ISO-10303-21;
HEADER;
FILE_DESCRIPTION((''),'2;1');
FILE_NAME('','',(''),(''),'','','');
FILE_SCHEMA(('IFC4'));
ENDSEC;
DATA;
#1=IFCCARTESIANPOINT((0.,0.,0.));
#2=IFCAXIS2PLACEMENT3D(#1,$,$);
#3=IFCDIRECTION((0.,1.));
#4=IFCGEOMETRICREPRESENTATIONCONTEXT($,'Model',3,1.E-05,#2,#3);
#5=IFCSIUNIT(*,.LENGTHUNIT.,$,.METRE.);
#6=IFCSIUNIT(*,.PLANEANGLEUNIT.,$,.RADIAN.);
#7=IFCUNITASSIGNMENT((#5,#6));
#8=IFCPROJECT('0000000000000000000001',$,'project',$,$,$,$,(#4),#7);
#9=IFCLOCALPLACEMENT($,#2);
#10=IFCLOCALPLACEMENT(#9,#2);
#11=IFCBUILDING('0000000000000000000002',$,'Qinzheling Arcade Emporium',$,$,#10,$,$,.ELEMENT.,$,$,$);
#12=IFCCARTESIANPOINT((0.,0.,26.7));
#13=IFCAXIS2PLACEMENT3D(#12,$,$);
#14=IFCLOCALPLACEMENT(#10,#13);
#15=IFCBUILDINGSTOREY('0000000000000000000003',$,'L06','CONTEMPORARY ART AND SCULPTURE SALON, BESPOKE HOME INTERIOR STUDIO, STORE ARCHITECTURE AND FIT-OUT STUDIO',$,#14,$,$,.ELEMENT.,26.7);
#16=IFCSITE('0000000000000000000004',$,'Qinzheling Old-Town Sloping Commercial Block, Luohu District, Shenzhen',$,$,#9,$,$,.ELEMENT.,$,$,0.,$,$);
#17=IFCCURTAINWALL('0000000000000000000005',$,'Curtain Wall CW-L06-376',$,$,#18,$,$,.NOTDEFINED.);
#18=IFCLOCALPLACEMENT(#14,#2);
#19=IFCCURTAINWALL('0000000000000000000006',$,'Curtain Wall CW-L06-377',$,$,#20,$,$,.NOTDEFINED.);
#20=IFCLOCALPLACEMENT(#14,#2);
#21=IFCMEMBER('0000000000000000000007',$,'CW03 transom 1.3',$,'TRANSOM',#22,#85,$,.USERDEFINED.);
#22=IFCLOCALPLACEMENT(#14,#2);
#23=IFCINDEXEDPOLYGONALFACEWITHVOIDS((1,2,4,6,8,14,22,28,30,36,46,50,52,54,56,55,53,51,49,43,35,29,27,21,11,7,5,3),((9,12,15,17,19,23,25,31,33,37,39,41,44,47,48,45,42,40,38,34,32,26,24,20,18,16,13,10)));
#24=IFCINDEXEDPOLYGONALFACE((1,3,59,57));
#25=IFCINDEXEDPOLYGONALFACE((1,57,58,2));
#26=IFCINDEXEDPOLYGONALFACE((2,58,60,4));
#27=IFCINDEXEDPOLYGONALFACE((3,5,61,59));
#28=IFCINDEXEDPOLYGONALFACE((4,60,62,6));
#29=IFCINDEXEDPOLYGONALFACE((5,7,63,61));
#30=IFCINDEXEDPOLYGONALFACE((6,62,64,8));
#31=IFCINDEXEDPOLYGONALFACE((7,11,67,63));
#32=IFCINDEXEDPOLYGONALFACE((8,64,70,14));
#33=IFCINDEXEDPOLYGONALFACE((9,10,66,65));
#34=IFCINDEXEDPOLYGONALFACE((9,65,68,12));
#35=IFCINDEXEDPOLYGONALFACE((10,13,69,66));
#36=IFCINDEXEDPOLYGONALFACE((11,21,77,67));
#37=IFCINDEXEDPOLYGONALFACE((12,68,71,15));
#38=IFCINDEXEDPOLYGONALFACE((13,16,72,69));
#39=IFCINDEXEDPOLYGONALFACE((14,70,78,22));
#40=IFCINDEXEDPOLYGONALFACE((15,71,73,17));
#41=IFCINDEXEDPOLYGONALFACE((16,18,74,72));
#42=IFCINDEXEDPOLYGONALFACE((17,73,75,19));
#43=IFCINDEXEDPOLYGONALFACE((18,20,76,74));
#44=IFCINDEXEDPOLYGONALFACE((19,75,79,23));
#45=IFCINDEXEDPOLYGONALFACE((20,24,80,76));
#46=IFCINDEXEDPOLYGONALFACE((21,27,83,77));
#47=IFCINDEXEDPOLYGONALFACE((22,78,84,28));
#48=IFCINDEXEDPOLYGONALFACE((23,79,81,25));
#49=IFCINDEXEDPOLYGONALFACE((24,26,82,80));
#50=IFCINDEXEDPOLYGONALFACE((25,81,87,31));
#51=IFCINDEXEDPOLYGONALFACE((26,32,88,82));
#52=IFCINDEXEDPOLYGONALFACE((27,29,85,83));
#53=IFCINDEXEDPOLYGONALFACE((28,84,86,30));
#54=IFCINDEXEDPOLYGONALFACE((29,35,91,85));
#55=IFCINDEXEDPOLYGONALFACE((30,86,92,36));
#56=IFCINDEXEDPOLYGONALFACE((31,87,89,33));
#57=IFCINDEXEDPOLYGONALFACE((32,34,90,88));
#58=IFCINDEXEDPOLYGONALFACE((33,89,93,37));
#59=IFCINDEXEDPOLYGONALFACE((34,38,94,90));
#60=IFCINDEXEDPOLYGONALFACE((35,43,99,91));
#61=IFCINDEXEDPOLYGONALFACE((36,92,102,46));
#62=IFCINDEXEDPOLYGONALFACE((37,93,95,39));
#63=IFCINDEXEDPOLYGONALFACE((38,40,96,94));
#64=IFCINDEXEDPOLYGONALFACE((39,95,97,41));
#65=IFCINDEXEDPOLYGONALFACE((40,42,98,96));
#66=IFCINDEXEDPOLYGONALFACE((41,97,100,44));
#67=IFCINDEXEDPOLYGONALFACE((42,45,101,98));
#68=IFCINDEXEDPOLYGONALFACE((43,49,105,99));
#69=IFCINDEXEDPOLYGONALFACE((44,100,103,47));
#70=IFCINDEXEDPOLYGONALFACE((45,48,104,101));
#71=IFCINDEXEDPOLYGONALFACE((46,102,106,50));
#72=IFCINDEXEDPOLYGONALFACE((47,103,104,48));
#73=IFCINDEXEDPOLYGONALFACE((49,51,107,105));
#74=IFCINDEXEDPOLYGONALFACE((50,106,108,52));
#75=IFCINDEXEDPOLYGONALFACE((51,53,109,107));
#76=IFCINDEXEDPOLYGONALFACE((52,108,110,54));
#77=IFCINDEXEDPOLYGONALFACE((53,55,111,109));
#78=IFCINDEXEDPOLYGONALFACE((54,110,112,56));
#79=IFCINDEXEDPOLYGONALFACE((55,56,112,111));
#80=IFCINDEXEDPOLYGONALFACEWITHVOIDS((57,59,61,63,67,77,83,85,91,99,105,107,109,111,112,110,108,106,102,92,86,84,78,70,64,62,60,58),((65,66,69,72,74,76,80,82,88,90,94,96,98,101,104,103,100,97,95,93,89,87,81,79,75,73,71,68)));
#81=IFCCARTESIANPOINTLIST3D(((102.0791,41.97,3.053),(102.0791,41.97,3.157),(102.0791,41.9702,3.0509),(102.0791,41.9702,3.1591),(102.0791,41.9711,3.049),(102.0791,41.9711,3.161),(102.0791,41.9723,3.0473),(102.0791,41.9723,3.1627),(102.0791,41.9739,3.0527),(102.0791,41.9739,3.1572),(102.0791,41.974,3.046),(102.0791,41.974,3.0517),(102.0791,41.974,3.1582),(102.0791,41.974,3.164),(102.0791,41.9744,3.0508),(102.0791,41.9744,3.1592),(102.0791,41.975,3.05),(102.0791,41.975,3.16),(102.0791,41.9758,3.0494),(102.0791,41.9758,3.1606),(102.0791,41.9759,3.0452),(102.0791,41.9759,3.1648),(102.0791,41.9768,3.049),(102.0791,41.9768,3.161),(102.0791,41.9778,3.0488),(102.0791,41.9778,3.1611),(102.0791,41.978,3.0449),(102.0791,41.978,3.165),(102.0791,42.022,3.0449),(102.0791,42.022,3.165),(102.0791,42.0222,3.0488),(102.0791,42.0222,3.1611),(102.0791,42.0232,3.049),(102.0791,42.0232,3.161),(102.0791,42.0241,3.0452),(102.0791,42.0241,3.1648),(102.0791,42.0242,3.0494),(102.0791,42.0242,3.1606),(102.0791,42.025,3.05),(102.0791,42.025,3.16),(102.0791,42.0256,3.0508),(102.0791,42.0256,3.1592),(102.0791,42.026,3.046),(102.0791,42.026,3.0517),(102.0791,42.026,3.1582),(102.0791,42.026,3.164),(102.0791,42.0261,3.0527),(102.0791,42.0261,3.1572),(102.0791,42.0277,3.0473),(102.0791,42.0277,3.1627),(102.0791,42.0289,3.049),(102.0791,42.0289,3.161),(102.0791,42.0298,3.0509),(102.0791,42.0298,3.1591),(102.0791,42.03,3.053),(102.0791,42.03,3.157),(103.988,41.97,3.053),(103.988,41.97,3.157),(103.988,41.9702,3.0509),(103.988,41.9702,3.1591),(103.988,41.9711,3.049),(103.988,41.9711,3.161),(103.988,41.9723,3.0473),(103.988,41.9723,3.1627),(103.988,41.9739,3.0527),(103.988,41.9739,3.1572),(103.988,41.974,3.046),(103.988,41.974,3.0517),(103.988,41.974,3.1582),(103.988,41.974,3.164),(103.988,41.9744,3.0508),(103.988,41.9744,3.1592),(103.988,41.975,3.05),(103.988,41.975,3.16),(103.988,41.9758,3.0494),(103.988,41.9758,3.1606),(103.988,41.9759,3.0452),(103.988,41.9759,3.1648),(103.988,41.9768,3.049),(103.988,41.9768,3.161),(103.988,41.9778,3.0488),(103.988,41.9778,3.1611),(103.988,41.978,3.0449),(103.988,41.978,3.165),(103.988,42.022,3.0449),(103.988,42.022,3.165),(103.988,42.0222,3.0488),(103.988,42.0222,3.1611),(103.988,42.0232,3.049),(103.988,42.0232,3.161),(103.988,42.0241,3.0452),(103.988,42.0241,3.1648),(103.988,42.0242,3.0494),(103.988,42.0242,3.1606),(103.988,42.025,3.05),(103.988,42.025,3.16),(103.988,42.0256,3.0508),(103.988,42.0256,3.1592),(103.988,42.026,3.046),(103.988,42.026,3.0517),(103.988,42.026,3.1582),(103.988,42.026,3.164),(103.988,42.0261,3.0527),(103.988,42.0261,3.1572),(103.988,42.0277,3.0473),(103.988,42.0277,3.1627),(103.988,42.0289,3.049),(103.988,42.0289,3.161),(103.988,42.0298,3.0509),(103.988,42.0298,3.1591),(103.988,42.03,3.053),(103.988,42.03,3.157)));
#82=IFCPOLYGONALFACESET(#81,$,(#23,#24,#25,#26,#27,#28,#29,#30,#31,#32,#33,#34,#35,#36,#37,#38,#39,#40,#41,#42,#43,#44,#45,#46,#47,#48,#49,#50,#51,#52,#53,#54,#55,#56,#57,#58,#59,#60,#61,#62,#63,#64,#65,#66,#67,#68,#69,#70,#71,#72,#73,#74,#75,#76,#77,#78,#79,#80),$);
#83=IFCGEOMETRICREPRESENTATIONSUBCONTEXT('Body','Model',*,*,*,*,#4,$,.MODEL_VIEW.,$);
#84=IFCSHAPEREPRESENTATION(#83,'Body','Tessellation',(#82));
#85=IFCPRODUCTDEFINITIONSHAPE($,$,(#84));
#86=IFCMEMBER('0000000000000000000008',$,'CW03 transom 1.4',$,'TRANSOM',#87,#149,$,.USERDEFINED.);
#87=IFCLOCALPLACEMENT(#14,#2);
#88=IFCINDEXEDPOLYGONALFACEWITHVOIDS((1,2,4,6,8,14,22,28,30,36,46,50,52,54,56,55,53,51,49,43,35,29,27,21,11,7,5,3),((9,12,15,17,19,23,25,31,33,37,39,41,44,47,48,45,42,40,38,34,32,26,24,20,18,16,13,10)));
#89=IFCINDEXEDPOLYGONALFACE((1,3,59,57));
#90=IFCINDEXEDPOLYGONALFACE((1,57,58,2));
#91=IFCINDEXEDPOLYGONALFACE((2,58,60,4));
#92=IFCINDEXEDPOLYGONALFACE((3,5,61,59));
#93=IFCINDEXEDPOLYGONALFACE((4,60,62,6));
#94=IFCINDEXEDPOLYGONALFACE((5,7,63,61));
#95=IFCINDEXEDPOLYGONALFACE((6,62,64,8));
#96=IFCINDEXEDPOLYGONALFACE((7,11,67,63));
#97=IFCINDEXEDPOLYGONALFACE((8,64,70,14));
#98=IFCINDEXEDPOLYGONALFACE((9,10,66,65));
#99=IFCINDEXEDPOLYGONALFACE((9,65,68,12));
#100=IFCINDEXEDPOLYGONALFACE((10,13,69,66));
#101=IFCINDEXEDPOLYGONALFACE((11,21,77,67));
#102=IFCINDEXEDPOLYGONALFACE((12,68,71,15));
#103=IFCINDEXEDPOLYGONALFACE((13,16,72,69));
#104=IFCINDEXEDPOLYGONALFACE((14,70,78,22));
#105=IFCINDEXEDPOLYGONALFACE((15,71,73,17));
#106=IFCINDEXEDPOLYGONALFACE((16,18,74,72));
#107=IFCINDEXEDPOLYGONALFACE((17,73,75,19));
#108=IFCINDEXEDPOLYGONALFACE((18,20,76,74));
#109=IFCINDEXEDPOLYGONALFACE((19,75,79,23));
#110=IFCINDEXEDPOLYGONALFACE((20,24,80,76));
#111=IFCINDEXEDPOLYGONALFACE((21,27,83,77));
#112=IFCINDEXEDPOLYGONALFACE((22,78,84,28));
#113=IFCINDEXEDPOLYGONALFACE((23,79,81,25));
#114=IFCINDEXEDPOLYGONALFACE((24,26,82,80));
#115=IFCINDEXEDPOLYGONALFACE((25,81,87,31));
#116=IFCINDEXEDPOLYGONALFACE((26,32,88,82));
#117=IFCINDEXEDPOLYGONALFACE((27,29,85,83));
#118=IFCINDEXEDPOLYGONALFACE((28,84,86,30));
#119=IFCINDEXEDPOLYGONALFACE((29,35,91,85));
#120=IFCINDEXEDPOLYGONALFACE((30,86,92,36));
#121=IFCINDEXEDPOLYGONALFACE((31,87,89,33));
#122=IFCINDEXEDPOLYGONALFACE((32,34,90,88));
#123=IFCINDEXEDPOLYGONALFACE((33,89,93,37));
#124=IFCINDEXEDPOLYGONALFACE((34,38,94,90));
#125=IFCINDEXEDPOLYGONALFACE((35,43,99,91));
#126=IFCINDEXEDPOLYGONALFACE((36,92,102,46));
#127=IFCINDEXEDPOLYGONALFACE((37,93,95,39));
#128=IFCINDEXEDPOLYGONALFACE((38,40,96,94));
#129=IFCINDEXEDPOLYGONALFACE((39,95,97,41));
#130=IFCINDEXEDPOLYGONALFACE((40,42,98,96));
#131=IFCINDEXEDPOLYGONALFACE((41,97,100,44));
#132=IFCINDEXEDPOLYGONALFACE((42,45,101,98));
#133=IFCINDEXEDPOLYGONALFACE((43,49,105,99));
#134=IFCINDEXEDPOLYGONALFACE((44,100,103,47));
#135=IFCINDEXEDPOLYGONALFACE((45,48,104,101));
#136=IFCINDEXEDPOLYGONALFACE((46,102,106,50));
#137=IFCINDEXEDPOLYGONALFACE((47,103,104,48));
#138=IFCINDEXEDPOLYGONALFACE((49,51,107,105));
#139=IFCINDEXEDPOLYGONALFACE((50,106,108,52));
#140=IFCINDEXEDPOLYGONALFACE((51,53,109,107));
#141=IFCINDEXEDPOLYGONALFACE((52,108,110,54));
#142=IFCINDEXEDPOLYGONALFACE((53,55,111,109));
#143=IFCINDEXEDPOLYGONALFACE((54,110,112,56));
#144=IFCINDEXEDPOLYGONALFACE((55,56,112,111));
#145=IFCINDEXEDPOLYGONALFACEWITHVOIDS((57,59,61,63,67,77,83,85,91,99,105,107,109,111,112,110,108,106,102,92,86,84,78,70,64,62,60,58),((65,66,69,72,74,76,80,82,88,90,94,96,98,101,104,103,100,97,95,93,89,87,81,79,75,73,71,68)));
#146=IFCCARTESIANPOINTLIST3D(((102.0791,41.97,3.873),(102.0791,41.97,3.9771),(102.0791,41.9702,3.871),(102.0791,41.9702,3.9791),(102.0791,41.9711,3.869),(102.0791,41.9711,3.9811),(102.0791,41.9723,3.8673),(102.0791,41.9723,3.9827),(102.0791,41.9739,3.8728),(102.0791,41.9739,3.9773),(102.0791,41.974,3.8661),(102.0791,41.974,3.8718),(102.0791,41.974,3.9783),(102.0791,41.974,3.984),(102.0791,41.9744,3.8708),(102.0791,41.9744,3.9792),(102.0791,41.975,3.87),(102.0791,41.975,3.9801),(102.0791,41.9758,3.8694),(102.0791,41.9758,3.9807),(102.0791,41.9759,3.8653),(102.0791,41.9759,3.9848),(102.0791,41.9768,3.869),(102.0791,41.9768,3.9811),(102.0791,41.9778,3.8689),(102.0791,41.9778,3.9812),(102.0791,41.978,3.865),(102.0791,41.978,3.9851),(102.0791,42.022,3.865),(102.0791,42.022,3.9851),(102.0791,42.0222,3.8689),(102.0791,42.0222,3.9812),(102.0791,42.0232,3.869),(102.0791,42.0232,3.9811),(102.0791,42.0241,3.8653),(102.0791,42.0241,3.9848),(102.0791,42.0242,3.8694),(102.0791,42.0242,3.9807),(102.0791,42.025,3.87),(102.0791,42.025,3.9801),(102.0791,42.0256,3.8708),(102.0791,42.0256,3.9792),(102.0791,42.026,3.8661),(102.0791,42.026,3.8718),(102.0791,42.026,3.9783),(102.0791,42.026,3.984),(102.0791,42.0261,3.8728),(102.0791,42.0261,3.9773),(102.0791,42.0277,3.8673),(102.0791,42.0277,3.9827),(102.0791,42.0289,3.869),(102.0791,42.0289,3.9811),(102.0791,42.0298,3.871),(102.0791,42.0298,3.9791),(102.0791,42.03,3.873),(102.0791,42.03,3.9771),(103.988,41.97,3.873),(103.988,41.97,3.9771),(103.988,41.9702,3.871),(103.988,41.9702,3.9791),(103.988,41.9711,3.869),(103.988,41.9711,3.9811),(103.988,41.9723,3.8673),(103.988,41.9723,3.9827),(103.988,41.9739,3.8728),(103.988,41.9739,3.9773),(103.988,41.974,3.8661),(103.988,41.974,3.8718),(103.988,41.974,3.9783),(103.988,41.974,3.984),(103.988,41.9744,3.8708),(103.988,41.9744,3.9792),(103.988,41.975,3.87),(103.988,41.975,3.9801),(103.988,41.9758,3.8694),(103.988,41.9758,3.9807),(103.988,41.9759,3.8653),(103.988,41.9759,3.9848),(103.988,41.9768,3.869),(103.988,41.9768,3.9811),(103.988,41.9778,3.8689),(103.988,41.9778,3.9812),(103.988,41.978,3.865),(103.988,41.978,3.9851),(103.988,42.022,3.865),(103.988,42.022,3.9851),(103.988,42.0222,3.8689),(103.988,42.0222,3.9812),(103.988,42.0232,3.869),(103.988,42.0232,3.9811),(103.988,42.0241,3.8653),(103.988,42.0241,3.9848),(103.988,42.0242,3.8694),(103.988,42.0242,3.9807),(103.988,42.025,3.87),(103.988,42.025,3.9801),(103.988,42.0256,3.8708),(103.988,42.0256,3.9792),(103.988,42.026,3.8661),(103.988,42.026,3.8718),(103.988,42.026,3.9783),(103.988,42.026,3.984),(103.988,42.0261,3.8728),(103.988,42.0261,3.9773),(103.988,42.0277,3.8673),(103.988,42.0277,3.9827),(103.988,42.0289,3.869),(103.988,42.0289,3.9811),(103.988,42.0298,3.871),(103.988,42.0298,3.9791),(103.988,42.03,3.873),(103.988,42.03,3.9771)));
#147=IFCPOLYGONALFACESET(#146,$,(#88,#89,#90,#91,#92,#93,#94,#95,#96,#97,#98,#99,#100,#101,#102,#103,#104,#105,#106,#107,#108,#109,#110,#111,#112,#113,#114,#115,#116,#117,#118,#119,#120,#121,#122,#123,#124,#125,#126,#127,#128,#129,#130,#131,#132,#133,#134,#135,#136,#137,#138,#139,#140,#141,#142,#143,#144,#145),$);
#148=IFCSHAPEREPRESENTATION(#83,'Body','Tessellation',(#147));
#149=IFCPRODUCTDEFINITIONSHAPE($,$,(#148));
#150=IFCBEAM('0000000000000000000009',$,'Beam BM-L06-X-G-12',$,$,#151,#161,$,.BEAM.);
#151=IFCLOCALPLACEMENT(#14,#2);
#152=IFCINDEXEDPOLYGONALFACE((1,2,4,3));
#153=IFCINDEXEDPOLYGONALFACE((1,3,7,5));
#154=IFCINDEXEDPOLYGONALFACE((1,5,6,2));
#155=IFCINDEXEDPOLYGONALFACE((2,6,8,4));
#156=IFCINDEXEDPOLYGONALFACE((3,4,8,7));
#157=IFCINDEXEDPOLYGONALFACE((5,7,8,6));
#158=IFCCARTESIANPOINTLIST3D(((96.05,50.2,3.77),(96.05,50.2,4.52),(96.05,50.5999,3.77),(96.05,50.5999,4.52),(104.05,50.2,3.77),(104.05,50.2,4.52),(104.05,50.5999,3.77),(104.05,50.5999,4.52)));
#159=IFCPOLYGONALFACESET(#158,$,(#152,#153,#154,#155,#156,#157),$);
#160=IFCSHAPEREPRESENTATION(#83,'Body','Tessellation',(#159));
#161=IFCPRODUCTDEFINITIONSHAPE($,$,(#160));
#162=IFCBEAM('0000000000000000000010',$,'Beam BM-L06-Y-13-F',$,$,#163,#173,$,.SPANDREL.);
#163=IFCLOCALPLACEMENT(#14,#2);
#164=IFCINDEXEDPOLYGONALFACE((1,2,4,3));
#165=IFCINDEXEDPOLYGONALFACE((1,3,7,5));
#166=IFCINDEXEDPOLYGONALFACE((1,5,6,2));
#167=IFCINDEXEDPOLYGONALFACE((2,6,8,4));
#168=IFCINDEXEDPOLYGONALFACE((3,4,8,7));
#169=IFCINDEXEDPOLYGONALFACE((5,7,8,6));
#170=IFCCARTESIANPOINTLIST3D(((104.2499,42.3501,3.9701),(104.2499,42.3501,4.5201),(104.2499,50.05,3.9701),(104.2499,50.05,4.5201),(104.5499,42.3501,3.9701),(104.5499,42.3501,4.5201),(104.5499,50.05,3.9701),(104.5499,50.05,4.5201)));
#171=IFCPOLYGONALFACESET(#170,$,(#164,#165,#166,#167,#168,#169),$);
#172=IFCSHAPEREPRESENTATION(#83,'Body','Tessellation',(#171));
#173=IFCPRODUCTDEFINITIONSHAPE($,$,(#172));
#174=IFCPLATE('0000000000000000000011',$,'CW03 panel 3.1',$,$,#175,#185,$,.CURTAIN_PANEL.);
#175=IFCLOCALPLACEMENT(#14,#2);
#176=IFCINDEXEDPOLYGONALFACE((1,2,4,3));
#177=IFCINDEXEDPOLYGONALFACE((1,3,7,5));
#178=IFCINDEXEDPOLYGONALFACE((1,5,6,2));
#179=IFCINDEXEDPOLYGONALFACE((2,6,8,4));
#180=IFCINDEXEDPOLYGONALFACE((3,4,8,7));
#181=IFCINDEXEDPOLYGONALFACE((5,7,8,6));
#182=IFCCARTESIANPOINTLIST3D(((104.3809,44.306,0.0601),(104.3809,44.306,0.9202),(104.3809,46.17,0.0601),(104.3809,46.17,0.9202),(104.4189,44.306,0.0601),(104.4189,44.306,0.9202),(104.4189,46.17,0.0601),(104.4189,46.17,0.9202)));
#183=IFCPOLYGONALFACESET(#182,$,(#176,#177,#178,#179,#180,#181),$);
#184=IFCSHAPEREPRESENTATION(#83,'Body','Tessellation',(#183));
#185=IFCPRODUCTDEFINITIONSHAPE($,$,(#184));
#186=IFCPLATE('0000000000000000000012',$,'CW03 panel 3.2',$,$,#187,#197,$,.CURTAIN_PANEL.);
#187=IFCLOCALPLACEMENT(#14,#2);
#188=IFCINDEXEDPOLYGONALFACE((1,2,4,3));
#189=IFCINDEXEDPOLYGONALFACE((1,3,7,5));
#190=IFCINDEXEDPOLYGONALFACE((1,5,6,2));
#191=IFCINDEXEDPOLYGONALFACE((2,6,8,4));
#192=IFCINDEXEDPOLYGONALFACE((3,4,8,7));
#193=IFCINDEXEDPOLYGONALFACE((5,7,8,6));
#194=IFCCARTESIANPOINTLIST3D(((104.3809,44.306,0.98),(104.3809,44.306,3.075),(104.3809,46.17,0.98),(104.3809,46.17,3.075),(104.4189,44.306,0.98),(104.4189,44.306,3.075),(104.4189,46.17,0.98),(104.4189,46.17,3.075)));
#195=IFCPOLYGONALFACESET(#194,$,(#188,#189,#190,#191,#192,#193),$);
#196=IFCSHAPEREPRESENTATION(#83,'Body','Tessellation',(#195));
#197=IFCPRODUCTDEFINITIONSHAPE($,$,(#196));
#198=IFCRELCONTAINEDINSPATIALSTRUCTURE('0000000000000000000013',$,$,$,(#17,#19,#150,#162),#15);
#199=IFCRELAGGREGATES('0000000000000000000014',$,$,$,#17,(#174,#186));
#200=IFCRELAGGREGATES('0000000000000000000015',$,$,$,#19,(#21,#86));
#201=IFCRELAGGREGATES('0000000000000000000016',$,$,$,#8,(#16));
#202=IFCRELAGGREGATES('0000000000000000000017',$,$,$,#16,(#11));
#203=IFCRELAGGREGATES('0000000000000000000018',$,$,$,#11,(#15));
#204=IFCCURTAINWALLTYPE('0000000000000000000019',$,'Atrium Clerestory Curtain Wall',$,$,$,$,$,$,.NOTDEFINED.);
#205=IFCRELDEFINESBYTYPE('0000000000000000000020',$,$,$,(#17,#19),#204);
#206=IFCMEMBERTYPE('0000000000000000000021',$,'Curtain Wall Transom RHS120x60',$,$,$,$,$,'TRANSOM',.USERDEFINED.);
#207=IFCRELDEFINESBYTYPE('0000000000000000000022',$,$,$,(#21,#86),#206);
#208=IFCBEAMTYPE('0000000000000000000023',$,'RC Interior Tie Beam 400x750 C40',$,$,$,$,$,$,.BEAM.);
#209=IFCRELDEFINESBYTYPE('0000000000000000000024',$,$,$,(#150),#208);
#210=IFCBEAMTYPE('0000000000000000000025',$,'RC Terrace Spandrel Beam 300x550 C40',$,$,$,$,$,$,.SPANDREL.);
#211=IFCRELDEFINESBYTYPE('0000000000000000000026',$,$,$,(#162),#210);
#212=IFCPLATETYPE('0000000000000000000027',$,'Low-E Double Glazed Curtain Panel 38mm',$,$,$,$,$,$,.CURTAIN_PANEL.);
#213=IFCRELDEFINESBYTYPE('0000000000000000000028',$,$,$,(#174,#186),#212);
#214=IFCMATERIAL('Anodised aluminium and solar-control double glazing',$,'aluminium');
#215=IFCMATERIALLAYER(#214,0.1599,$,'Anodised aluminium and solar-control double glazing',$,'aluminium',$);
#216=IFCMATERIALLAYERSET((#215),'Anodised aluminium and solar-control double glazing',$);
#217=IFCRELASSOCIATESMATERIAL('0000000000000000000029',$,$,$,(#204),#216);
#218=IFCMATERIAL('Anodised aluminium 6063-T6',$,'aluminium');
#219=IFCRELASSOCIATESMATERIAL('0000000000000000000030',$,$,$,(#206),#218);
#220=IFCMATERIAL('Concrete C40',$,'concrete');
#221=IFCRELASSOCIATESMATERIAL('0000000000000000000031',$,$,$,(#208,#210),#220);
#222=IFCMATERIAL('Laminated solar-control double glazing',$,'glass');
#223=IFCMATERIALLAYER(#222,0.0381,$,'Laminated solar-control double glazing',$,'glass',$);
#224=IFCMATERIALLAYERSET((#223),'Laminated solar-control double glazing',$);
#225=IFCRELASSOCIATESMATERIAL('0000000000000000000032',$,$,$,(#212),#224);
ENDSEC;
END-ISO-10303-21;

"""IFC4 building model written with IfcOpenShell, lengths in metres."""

from ifc_helpers import new_model, si_unit, direction, frame, origin, origin_2d, place, context, subcontext, project, spatial, rectangle, hollow_rectangle, extrude, material, layer, layer_set, material_profile, profile_set, type_object, element, aggregate, save


model = new_model("IFC4")

# Units and contexts
model_context = context("Model", 3, precision=1e-05, world=origin(), true_north=direction((0.0, 1.0)))
body_context = subcontext(model_context, "Body", "Model", "MODEL_VIEW")
ifc_project = project(units=[si_unit("LENGTHUNIT", "METRE"), si_unit("PLANEANGLEUNIT", "RADIAN")], contexts=[model_context])

# Site, building, storey
site_placement = place(None, origin())
site = spatial("IfcSite", under=ifc_project, at=site_placement, Name="Qinzheling Old-Town Sloping Commercial Block, Luohu District, Shenzhen", CompositionType="ELEMENT", RefElevation=0.0)
building_placement = place(site_placement, origin())
building = spatial("IfcBuilding", under=site, at=building_placement, Name="Qinzheling Arcade Emporium", CompositionType="ELEMENT")
storey_placement = place(building_placement, frame((0.0, 0.0, 26.7)))
storey = spatial("IfcBuildingStorey", under=building, at=storey_placement, Name="L06", Description="CONTEMPORARY ART AND SCULPTURE SALON, BESPOKE HOME INTERIOR STUDIO, STORE ARCHITECTURE AND FIT-OUT STUDIO", CompositionType="ELEMENT", Elevation=26.7)

# Shared definitions
ifc_material_1 = material(Name="Concrete C40", Category="concrete")

# Curtain wall
ifc_material_2 = material(Name="Anodised aluminium and solar-control double glazing", Category="aluminium")
ifc_layer_1 = layer(ifc_material_2, 0.1599, Name="Anodised aluminium and solar-control double glazing", Category="aluminium")
ifc_layer_set_1 = layer_set([ifc_layer_1], Name="Anodised aluminium and solar-control double glazing")
curtain_wall_type = type_object("IfcCurtainWallType", Name="Atrium Clerestory Curtain Wall", PredefinedType="NOTDEFINED", material=ifc_layer_set_1)
curtain_wall_1_placement = place(storey_placement, origin())
curtain_wall_1 = element("IfcCurtainWall", 1, at=curtain_wall_1_placement, inside=storey, type_object=curtain_wall_type, Name="Curtain Wall CW-L06-376", PredefinedType="NOTDEFINED")
ifc_material_3 = material(Name="Anodised aluminium 6063-T6", Category="aluminium")

# Curtain wall
curtain_wall_2_placement = place(storey_placement, origin())
curtain_wall_2 = element("IfcCurtainWall", 2, at=curtain_wall_2_placement, inside=storey, type_object=curtain_wall_type, Name="Curtain Wall CW-L06-377", PredefinedType="NOTDEFINED")

# Members
ifc_material_profile_1 = material_profile(ifc_material_3, hollow_rectangle(XDim=0.0601, YDim=0.1201, WallThickness=0.0039, InnerFilletRadius=0.0039, OuterFilletRadius=0.0081, at=origin_2d()), Name="RHS 120x60x4", Category="aluminium")
ifc_profile_set_1 = profile_set([ifc_material_profile_1], Name="Anodised aluminium 6063-T6")
member_type_1 = type_object("IfcMemberType", Name="Curtain Wall Transom RHS120x60", ElementType="TRANSOM", PredefinedType="USERDEFINED", material=ifc_profile_set_1)
member_1_placement = place(storey_placement, frame((103.988, 42.0, 3.105), z_axis=(-1.0, 0.0, 0.0), x_axis=(0.0, -1.0, 0.0)))
member_1 = element("IfcMember", 3, at=member_1_placement, type_object=member_type_1, Name="CW03 transom 1.3", ObjectType="TRANSOM", PredefinedType="USERDEFINED", context=body_context, shape_type="SweptSolid", body=[
    extrude(hollow_rectangle(XDim=0.0601, YDim=0.1201, WallThickness=0.0039, InnerFilletRadius=0.0039, OuterFilletRadius=0.0081, at=origin_2d()), origin(), (0.0, 0.0, 1.0), 1.9089),
])
member_2_placement = place(storey_placement, frame((103.988, 42.0, 3.925), z_axis=(-1.0, 0.0, 0.0), x_axis=(0.0, -1.0, 0.0)))
member_2 = element("IfcMember", 4, at=member_2_placement, type_object=member_type_1, Name="CW03 transom 1.4", ObjectType="TRANSOM", PredefinedType="USERDEFINED", context=body_context, shape_type="SweptSolid", body=[
    extrude(hollow_rectangle(XDim=0.0601, YDim=0.1201, WallThickness=0.0039, InnerFilletRadius=0.0039, OuterFilletRadius=0.0081, at=origin_2d()), origin(), (0.0, 0.0, 1.0), 1.9089),
])

# Beams
ifc_material_profile_2 = material_profile(ifc_material_1, rectangle(XDim=0.3999, YDim=0.75, at=origin_2d()), Name="RC 400x750", Category="concrete")
ifc_profile_set_2 = profile_set([ifc_material_profile_2], Name="Concrete C40")
beam_type_1 = type_object("IfcBeamType", Name="RC Interior Tie Beam 400x750 C40", PredefinedType="BEAM", material=ifc_profile_set_2)
beam_1_placement = place(storey_placement, frame((96.05, 50.3999, 4.145), z_axis=(1.0, 0.0, 0.0), x_axis=(0.0, 1.0, 0.0)))
element("IfcBeam", 5, at=beam_1_placement, inside=storey, type_object=beam_type_1, Name="Beam BM-L06-X-G-12", PredefinedType="BEAM", context=body_context, shape_type="SweptSolid", body=[
    extrude(rectangle(XDim=0.3999, YDim=0.75, at=origin_2d()), origin(), (0.0, 0.0, 1.0), 8.0),
])
ifc_material_profile_3 = material_profile(ifc_material_1, rectangle(XDim=0.3, YDim=0.55, at=origin_2d()), Name="RC 300x550", Category="concrete")
ifc_profile_set_3 = profile_set([ifc_material_profile_3], Name="Concrete C40")
beam_type_2 = type_object("IfcBeamType", Name="RC Terrace Spandrel Beam 300x550 C40", PredefinedType="SPANDREL", material=ifc_profile_set_3)
beam_2_placement = place(storey_placement, frame((104.3999, 42.3501, 4.2451), z_axis=(0.0, 1.0, 0.0), x_axis=(-1.0, 0.0, 0.0)))
element("IfcBeam", 6, at=beam_2_placement, inside=storey, type_object=beam_type_2, Name="Beam BM-L06-Y-13-F", PredefinedType="SPANDREL", context=body_context, shape_type="SweptSolid", body=[
    extrude(rectangle(XDim=0.3, YDim=0.55, at=origin_2d()), origin(), (0.0, 0.0, 1.0), 7.7),
])

# Plates
ifc_material_4 = material(Name="Laminated solar-control double glazing", Category="glass")
ifc_layer_2 = layer(ifc_material_4, 0.0381, Name="Laminated solar-control double glazing", Category="glass")
ifc_layer_set_2 = layer_set([ifc_layer_2], Name="Laminated solar-control double glazing")
plate_type_1 = type_object("IfcPlateType", Name="Low-E Double Glazed Curtain Panel 38mm", PredefinedType="CURTAIN_PANEL", material=ifc_layer_set_2)
plate_1_placement = place(storey_placement, frame((104.3999, 45.238, 0.0601), z_axis=(0.0, 0.0, 1.0), x_axis=(0.0, -1.0, 0.0)))
plate_1 = element("IfcPlate", 7, at=plate_1_placement, type_object=plate_type_1, Name="CW03 panel 3.1", PredefinedType="CURTAIN_PANEL", context=body_context, shape_type="SweptSolid", body=[
    extrude(rectangle(XDim=1.864, YDim=0.0381, at=origin_2d()), origin(), (0.0, 0.0, 1.0), 0.8601),
])
plate_2_placement = place(storey_placement, frame((104.3999, 45.238, 0.98), z_axis=(0.0, 0.0, 1.0), x_axis=(0.0, -1.0, 0.0)))
plate_2 = element("IfcPlate", 8, at=plate_2_placement, type_object=plate_type_1, Name="CW03 panel 3.2", PredefinedType="CURTAIN_PANEL", context=body_context, shape_type="SweptSolid", body=[
    extrude(rectangle(XDim=1.864, YDim=0.0381, at=origin_2d()), origin(), (0.0, 0.0, 1.0), 2.095),
])
aggregate(curtain_wall_1, [plate_1, plate_2])
aggregate(curtain_wall_2, [member_1, member_2])

save(model, "model.ifc")
